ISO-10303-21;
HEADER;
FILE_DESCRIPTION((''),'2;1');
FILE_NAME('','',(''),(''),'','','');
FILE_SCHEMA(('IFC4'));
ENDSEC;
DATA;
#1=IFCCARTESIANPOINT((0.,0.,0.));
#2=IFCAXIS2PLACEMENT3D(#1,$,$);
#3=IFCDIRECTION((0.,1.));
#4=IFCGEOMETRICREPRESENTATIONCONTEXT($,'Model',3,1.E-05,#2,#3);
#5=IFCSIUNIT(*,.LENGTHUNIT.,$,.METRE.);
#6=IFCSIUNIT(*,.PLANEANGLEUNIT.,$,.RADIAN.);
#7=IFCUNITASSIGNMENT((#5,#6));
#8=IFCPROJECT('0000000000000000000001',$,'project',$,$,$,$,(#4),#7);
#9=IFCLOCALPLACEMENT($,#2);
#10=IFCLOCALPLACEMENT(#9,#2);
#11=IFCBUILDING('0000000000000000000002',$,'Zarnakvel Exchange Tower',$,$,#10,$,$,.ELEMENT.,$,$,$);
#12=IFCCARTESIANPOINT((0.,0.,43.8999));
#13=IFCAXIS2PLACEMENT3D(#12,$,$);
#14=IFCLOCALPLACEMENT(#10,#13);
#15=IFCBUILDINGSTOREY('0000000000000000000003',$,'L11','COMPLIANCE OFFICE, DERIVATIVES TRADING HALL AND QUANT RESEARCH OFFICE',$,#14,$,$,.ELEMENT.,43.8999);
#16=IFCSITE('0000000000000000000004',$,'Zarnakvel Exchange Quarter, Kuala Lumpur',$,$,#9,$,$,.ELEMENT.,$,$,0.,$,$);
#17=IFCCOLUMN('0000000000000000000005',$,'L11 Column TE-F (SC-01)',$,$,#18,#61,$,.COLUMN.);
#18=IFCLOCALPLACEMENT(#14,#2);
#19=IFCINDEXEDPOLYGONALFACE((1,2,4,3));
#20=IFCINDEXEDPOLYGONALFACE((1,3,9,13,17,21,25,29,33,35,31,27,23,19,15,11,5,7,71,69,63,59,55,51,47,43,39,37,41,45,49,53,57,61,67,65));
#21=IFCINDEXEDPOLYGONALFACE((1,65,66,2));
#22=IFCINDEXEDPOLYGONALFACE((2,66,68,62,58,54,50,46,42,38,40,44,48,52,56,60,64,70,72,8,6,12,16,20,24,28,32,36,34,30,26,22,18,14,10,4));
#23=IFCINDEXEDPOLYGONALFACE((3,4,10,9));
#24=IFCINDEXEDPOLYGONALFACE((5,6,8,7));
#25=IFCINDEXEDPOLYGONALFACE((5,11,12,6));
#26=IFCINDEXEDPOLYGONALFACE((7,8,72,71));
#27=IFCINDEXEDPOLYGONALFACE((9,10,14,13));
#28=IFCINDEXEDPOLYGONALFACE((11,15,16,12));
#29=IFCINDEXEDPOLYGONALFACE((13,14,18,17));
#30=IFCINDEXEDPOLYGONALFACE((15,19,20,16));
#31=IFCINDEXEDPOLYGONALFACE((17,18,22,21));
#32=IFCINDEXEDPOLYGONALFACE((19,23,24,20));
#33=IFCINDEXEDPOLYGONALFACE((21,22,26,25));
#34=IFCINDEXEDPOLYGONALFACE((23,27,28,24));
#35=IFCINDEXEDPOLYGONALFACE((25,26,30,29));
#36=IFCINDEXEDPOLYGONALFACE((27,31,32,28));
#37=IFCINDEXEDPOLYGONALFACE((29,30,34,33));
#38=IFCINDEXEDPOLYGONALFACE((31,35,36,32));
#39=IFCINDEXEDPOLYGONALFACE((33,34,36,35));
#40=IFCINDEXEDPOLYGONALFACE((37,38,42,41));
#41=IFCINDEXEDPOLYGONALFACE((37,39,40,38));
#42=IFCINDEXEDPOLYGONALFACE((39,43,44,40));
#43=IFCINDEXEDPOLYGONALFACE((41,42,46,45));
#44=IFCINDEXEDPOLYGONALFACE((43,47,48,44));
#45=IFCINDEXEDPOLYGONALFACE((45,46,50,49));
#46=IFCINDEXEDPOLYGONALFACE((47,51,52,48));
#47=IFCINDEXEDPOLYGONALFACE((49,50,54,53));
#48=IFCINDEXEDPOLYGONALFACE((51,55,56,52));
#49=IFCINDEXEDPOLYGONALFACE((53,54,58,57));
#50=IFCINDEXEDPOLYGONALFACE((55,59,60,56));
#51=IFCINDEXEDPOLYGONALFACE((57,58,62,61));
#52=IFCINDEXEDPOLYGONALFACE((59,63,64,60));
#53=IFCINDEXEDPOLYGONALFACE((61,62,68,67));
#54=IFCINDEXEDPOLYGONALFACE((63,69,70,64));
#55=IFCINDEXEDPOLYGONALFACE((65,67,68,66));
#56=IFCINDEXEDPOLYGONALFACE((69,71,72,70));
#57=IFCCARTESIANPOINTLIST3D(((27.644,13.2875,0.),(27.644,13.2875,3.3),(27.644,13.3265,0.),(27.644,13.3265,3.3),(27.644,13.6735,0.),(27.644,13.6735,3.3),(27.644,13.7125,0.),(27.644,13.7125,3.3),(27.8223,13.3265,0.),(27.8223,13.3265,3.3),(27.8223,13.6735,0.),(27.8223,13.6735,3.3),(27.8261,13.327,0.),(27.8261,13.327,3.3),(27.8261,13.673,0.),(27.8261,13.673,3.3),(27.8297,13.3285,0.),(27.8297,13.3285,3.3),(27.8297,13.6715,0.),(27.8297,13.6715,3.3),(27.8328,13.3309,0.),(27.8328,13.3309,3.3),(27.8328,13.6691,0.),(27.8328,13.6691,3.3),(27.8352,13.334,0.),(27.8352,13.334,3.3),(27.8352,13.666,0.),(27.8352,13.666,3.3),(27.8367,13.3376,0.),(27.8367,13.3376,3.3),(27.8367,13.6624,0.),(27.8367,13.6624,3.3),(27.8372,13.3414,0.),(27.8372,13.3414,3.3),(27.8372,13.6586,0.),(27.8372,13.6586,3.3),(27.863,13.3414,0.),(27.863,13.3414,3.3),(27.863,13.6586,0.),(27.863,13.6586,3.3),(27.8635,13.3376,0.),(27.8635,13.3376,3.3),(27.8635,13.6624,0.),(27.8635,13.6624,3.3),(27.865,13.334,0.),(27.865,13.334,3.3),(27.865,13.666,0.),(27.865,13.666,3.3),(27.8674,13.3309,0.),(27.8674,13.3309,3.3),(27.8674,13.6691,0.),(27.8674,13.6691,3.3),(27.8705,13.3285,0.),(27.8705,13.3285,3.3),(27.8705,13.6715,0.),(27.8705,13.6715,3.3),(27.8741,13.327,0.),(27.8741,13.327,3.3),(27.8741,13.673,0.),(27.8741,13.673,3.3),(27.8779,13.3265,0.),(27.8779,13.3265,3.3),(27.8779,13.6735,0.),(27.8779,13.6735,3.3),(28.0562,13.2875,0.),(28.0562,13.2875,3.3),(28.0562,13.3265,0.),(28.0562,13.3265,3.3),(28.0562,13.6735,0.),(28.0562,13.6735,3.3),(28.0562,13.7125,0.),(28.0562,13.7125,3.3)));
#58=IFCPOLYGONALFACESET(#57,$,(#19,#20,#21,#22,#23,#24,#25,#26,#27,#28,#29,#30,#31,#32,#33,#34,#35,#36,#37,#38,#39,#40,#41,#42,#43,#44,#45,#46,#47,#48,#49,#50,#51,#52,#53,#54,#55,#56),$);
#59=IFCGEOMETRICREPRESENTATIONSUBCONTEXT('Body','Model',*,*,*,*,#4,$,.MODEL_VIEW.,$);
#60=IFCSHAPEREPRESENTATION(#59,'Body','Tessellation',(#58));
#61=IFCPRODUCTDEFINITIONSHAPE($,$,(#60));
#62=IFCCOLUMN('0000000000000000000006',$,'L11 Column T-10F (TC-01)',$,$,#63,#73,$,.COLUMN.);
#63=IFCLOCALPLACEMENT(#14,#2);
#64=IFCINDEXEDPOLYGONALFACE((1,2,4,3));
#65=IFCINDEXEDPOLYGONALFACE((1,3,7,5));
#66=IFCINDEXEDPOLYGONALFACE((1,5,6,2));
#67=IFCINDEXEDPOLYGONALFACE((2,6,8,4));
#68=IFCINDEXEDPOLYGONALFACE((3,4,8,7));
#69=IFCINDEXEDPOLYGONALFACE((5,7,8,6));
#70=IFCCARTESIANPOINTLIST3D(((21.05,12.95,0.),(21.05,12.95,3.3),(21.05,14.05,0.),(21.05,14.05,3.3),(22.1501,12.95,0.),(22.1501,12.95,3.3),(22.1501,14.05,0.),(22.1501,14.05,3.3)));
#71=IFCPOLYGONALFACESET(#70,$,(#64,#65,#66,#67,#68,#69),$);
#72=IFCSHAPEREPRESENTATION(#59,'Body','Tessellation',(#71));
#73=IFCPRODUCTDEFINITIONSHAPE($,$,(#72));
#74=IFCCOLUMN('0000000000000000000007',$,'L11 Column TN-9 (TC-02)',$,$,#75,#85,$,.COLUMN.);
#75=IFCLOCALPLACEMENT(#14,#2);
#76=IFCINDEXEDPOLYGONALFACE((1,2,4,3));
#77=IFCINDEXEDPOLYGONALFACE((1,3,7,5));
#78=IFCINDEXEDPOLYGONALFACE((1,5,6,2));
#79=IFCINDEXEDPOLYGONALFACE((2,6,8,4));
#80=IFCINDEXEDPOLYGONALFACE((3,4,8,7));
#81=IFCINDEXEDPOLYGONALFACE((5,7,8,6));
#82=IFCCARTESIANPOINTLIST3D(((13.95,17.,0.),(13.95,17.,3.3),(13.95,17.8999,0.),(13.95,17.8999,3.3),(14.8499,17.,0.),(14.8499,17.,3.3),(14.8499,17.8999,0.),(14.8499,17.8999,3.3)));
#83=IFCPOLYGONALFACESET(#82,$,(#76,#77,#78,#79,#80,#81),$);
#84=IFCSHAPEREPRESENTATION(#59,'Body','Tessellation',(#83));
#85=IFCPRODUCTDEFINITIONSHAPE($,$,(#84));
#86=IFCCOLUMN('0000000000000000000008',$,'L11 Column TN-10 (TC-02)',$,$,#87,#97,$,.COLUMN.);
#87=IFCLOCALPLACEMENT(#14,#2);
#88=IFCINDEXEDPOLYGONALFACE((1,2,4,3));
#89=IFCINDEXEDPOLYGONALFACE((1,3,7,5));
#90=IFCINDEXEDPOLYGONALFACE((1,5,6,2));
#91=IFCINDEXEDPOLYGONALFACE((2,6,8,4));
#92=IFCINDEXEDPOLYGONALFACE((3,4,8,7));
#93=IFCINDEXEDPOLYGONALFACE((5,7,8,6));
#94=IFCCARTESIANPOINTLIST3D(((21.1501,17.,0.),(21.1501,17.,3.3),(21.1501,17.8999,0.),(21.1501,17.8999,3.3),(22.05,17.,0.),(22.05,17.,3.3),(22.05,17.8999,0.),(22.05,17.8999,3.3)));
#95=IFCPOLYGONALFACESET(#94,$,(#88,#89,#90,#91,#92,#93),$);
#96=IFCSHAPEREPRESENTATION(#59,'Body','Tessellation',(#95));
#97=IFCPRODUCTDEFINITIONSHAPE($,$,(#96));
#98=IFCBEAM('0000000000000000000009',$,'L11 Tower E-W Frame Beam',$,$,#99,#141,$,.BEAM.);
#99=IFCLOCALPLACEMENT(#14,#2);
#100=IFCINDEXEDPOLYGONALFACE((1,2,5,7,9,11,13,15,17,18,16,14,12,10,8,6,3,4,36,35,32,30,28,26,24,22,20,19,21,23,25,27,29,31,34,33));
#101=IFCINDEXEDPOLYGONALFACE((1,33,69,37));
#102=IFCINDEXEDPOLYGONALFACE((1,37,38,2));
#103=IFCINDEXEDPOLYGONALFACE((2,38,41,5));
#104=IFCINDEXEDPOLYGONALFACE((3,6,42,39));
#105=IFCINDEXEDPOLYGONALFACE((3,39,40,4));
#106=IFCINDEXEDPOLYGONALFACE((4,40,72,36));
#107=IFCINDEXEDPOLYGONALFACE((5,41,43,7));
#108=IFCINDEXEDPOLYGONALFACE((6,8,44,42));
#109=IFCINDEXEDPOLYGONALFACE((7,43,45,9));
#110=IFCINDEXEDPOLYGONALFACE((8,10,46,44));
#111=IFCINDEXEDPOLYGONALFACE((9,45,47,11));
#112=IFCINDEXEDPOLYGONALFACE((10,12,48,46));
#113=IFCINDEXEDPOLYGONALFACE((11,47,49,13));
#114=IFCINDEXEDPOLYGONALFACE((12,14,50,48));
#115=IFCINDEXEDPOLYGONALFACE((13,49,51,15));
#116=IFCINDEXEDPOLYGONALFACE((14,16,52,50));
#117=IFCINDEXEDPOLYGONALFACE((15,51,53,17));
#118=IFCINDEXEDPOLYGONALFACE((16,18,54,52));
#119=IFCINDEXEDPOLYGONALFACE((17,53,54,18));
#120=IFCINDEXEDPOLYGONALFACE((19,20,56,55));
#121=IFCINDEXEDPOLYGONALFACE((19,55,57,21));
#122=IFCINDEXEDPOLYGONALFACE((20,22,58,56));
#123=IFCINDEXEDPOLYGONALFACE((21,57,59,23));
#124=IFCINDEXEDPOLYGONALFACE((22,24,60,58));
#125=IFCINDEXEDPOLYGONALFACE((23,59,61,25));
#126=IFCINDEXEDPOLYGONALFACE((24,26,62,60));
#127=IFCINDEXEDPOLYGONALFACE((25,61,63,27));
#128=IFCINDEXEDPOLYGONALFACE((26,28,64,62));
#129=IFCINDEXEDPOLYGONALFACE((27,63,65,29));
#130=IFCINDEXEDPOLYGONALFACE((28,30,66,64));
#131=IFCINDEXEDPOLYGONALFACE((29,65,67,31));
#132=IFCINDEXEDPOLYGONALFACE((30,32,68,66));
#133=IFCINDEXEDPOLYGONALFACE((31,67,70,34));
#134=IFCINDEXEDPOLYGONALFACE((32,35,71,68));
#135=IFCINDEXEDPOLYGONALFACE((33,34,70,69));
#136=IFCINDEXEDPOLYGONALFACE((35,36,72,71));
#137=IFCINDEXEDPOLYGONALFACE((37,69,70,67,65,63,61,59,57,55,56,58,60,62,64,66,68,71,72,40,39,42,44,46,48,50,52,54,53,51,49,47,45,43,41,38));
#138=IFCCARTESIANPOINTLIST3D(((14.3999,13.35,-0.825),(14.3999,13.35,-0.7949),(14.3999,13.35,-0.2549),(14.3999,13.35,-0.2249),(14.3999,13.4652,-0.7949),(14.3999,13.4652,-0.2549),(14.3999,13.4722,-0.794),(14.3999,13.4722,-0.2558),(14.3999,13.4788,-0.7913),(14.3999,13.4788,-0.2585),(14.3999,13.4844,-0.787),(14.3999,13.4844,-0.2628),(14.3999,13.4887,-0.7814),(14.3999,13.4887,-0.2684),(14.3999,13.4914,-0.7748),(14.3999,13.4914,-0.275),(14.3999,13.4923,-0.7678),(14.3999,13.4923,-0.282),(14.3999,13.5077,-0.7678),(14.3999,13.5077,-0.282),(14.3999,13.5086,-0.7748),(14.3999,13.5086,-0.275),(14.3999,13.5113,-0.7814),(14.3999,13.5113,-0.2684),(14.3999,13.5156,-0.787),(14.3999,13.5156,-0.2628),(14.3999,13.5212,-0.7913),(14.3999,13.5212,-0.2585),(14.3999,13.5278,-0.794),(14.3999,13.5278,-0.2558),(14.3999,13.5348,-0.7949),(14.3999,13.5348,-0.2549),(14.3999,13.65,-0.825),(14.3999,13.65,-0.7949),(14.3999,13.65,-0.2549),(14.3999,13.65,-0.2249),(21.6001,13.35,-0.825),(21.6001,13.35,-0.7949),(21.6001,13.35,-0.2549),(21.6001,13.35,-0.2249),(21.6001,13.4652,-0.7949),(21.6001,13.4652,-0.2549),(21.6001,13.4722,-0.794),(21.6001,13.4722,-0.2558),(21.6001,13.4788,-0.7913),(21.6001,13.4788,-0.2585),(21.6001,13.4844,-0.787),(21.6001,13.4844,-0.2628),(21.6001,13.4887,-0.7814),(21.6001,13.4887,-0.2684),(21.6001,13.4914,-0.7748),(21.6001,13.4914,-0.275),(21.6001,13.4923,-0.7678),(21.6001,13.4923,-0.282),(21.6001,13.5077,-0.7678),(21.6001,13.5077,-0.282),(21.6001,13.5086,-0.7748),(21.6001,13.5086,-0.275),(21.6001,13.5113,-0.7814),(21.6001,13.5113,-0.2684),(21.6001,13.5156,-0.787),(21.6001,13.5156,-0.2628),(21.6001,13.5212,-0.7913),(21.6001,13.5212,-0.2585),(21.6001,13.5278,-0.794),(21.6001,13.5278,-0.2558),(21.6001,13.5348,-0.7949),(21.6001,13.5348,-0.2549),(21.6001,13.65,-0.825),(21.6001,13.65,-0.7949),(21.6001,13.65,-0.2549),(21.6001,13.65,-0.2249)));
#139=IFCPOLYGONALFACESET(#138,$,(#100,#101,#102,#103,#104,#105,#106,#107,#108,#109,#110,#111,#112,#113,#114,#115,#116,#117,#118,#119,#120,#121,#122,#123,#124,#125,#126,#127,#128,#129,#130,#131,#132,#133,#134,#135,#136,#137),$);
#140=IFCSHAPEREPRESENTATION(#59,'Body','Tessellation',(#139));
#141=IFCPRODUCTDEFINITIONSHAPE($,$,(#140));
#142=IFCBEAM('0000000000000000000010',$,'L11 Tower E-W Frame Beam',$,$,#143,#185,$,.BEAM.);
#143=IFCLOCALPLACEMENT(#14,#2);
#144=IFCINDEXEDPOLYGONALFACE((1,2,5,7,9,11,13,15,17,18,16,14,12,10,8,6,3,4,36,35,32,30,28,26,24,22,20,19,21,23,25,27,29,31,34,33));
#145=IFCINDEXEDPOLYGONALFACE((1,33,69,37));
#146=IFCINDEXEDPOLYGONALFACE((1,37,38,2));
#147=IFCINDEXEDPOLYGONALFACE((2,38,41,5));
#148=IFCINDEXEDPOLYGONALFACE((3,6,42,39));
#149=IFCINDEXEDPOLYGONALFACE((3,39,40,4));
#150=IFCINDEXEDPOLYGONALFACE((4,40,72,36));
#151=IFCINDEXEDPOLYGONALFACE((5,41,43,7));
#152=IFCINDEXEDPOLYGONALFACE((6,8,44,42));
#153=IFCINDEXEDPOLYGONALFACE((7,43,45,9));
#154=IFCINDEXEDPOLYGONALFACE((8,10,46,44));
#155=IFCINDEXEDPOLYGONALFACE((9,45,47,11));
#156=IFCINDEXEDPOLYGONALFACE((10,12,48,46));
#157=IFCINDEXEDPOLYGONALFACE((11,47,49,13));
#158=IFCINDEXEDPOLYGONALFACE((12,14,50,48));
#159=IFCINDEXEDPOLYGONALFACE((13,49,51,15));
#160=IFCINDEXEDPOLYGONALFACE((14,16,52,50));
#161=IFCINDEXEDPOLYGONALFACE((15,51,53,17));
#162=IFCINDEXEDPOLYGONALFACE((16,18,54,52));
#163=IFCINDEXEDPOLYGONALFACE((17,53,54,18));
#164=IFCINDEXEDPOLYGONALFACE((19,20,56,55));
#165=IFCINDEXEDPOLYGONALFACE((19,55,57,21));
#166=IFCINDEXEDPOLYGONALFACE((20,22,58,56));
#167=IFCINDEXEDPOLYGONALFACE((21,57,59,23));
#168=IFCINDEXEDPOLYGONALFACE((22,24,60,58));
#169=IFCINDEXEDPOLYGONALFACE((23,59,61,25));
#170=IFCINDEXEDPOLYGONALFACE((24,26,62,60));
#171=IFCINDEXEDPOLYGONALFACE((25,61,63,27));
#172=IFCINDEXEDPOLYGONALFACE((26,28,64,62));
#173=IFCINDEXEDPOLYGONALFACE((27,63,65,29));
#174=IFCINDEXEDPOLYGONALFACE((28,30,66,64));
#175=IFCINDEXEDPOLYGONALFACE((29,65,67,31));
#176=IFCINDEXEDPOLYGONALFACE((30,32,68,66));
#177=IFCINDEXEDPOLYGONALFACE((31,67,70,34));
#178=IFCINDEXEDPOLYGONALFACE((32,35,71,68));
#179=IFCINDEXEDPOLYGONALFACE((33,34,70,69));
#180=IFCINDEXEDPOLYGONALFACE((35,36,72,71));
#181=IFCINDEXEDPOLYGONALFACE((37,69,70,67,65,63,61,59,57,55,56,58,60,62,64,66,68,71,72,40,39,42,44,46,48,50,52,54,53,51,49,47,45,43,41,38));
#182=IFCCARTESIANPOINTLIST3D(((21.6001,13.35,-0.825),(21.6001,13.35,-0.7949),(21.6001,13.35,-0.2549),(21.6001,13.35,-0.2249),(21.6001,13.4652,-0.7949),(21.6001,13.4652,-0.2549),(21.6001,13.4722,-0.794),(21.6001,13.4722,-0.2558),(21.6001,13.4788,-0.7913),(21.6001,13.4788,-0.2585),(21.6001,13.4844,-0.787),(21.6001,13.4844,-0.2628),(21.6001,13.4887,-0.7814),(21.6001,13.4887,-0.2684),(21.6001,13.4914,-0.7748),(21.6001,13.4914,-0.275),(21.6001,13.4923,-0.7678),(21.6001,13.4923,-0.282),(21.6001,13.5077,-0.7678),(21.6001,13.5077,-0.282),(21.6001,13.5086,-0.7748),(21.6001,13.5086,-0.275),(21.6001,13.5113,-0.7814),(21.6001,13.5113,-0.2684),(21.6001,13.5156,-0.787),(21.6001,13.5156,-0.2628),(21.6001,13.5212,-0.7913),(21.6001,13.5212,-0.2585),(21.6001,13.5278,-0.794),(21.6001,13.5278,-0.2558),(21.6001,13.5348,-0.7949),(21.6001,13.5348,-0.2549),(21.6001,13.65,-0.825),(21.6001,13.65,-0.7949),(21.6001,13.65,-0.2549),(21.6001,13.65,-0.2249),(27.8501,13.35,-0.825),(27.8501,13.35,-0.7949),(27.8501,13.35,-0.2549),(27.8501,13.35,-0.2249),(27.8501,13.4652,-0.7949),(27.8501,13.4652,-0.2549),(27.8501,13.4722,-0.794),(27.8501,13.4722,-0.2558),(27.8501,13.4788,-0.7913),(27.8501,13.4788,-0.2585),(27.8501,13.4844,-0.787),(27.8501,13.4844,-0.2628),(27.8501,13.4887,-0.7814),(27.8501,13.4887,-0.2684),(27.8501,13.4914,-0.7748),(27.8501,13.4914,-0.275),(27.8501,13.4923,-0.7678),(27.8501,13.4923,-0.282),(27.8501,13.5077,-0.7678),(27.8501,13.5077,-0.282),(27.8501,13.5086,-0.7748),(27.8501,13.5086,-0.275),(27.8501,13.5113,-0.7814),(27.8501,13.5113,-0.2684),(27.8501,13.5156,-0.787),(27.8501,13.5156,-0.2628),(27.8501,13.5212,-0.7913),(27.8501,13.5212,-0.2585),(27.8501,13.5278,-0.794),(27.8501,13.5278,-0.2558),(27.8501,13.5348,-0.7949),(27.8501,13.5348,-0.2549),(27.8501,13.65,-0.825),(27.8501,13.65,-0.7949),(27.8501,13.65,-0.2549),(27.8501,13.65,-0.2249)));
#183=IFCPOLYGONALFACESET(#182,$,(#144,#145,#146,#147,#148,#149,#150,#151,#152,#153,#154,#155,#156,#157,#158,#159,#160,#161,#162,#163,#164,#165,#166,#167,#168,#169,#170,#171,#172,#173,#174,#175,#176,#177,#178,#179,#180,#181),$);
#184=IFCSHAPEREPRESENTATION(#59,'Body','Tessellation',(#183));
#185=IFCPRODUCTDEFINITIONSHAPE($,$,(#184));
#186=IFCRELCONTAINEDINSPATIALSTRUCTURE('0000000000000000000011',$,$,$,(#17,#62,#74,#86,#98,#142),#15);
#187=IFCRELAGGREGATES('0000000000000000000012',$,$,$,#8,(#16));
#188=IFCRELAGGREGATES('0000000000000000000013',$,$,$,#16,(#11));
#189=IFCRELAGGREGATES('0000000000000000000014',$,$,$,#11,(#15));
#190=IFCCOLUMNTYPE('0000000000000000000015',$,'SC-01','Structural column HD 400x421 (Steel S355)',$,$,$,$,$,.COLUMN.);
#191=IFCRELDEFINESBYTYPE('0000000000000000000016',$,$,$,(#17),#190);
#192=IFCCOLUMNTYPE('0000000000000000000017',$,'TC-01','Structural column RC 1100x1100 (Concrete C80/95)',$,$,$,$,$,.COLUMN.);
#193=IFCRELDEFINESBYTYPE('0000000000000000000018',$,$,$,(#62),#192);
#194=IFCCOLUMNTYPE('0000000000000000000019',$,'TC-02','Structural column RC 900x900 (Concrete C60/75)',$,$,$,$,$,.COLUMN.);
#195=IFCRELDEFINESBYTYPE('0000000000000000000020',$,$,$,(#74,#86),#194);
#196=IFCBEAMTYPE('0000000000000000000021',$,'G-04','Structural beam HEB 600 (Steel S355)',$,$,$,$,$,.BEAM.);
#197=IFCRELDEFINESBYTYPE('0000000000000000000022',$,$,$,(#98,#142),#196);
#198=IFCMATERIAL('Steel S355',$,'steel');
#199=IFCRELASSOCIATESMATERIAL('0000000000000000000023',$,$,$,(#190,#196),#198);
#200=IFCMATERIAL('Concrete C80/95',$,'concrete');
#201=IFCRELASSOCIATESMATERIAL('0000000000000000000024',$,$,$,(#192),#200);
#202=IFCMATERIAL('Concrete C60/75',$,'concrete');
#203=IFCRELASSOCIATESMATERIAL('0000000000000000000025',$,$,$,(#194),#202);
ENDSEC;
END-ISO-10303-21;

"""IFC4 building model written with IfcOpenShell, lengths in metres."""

from ifc_helpers import new_model, si_unit, direction, frame, origin, origin_2d, place, context, subcontext, project, spatial, rectangle, i_section, extrude, material, material_profile, profile_set, type_object, element, save


model = new_model("IFC4")

# Units and contexts
model_context = context("Model", 3, precision=1e-05, world=origin(), true_north=direction((0.0, 1.0)))
body_context = subcontext(model_context, "Body", "Model", "MODEL_VIEW")
ifc_project = project(units=[si_unit("LENGTHUNIT", "METRE"), si_unit("PLANEANGLEUNIT", "RADIAN")], contexts=[model_context])

# Site, building, storey
site_placement = place(None, origin())
site = spatial("IfcSite", under=ifc_project, at=site_placement, Name="Zarnakvel Exchange Quarter, Kuala Lumpur", CompositionType="ELEMENT", RefElevation=0.0)
building_placement = place(site_placement, origin())
building = spatial("IfcBuilding", under=site, at=building_placement, Name="Zarnakvel Exchange Tower", CompositionType="ELEMENT")
storey_placement = place(building_placement, frame((0.0, 0.0, 43.8999)))
storey = spatial("IfcBuildingStorey", under=building, at=storey_placement, Name="L11", Description="COMPLIANCE OFFICE, DERIVATIVES TRADING HALL AND QUANT RESEARCH OFFICE", CompositionType="ELEMENT", Elevation=43.8999)

# Columns
ifc_material_1 = material(Name="Steel S355", Category="steel")
ifc_material_profile_1 = material_profile(ifc_material_1, i_section(OverallWidth=0.4121, OverallDepth=0.425, WebThickness=0.0259, FlangeThickness=0.0391, FilletRadius=0.0149, at=origin_2d()))
ifc_profile_set_1 = profile_set([ifc_material_profile_1], Name="Steel S355")
column_type_1 = type_object("IfcColumnType", Name="SC-01", Description="Structural column HD 400x421 (Steel S355)", PredefinedType="COLUMN", material=ifc_profile_set_1)
column_1_placement = place(storey_placement, frame((27.8501, 13.5, 0.0), z_axis=(0.0, 0.0, 1.0), x_axis=(1.0, 0.0, 0.0)))
element("IfcColumn", 1, at=column_1_placement, inside=storey, type_object=column_type_1, Name="L11 Column TE-F (SC-01)", PredefinedType="COLUMN", context=body_context, shape_type="SweptSolid", body=[
    extrude(i_section(OverallWidth=0.4121, OverallDepth=0.425, WebThickness=0.0259, FlangeThickness=0.0391, FilletRadius=0.0149, at=origin_2d()), origin(), (0.0, 0.0, 1.0), 3.3),
])
ifc_material_2 = material(Name="Concrete C80/95", Category="concrete")
ifc_material_profile_2 = material_profile(ifc_material_2, rectangle(XDim=1.1001, YDim=1.1001, at=origin_2d()))
ifc_profile_set_2 = profile_set([ifc_material_profile_2], Name="Concrete C80/95")
column_type_2 = type_object("IfcColumnType", Name="TC-01", Description="Structural column RC 1100x1100 (Concrete C80/95)", PredefinedType="COLUMN", material=ifc_profile_set_2)
column_2_placement = place(storey_placement, frame((21.6001, 13.5, 0.0), z_axis=(0.0, 0.0, 1.0), x_axis=(1.0, 0.0, 0.0)))
element("IfcColumn", 2, at=column_2_placement, inside=storey, type_object=column_type_2, Name="L11 Column T-10F (TC-01)", PredefinedType="COLUMN", context=body_context, shape_type="SweptSolid", body=[
    extrude(rectangle(XDim=1.1001, YDim=1.1001, at=origin_2d()), origin(), (0.0, 0.0, 1.0), 3.3),
])
ifc_material_3 = material(Name="Concrete C60/75", Category="concrete")
ifc_material_profile_3 = material_profile(ifc_material_3, rectangle(XDim=0.8999, YDim=0.8999, at=origin_2d()))
ifc_profile_set_3 = profile_set([ifc_material_profile_3], Name="Concrete C60/75")
column_type_3 = type_object("IfcColumnType", Name="TC-02", Description="Structural column RC 900x900 (Concrete C60/75)", PredefinedType="COLUMN", material=ifc_profile_set_3)
for number, where, z_axis, x_axis, name in (
    (3, (14.3999, 17.45, 0.0), (0.0, 0.0, 1.0), (1.0, 0.0, 0.0), "L11 Column TN-9 (TC-02)"),
    (4, (21.6001, 17.45, 0.0), (0.0, 0.0, 1.0), (1.0, 0.0, 0.0), "L11 Column TN-10 (TC-02)"),
):
    element("IfcColumn", number, at=place(storey_placement, frame(where, z_axis=z_axis, x_axis=x_axis)), inside=storey, type_object=column_type_3, Name=name, PredefinedType="COLUMN", context=body_context, shape_type="SweptSolid", body=[
        extrude(rectangle(XDim=0.8999, YDim=0.8999, at=origin_2d()), origin(), (0.0, 0.0, 1.0), 3.3),
    ])

# Beams
ifc_material_profile_4 = material_profile(ifc_material_1, i_section(OverallWidth=0.3, OverallDepth=0.6001, WebThickness=0.0154, FlangeThickness=0.03, FilletRadius=0.0271, at=origin_2d()))
ifc_profile_set_4 = profile_set([ifc_material_profile_4], Name="Steel S355")
beam_type_1 = type_object("IfcBeamType", Name="G-04", Description="Structural beam HEB 600 (Steel S355)", PredefinedType="BEAM", material=ifc_profile_set_4)
beam_1_placement = place(storey_placement, frame((14.3999, 13.5, -0.5249), z_axis=(1.0, 0.0, 0.0), x_axis=(0.0, 1.0, 0.0)))
element("IfcBeam", 5, at=beam_1_placement, inside=storey, type_object=beam_type_1, Name="L11 Tower E-W Frame Beam", PredefinedType="BEAM", context=body_context, shape_type="SweptSolid", body=[
    extrude(i_section(OverallWidth=0.3, OverallDepth=0.6001, WebThickness=0.0154, FlangeThickness=0.03, FilletRadius=0.0271, at=origin_2d()), origin(), (0.0, 0.0, 1.0), 7.2002),
])
beam_2_placement = place(storey_placement, frame((21.6001, 13.5, -0.5249), z_axis=(1.0, 0.0, 0.0), x_axis=(0.0, 1.0, 0.0)))
element("IfcBeam", 6, at=beam_2_placement, inside=storey, type_object=beam_type_1, Name="L11 Tower E-W Frame Beam", PredefinedType="BEAM", context=body_context, shape_type="SweptSolid", body=[
    extrude(i_section(OverallWidth=0.3, OverallDepth=0.6001, WebThickness=0.0154, FlangeThickness=0.03, FilletRadius=0.0271, at=origin_2d()), origin(), (0.0, 0.0, 1.0), 6.25),
])

save(model, "model.ifc")
